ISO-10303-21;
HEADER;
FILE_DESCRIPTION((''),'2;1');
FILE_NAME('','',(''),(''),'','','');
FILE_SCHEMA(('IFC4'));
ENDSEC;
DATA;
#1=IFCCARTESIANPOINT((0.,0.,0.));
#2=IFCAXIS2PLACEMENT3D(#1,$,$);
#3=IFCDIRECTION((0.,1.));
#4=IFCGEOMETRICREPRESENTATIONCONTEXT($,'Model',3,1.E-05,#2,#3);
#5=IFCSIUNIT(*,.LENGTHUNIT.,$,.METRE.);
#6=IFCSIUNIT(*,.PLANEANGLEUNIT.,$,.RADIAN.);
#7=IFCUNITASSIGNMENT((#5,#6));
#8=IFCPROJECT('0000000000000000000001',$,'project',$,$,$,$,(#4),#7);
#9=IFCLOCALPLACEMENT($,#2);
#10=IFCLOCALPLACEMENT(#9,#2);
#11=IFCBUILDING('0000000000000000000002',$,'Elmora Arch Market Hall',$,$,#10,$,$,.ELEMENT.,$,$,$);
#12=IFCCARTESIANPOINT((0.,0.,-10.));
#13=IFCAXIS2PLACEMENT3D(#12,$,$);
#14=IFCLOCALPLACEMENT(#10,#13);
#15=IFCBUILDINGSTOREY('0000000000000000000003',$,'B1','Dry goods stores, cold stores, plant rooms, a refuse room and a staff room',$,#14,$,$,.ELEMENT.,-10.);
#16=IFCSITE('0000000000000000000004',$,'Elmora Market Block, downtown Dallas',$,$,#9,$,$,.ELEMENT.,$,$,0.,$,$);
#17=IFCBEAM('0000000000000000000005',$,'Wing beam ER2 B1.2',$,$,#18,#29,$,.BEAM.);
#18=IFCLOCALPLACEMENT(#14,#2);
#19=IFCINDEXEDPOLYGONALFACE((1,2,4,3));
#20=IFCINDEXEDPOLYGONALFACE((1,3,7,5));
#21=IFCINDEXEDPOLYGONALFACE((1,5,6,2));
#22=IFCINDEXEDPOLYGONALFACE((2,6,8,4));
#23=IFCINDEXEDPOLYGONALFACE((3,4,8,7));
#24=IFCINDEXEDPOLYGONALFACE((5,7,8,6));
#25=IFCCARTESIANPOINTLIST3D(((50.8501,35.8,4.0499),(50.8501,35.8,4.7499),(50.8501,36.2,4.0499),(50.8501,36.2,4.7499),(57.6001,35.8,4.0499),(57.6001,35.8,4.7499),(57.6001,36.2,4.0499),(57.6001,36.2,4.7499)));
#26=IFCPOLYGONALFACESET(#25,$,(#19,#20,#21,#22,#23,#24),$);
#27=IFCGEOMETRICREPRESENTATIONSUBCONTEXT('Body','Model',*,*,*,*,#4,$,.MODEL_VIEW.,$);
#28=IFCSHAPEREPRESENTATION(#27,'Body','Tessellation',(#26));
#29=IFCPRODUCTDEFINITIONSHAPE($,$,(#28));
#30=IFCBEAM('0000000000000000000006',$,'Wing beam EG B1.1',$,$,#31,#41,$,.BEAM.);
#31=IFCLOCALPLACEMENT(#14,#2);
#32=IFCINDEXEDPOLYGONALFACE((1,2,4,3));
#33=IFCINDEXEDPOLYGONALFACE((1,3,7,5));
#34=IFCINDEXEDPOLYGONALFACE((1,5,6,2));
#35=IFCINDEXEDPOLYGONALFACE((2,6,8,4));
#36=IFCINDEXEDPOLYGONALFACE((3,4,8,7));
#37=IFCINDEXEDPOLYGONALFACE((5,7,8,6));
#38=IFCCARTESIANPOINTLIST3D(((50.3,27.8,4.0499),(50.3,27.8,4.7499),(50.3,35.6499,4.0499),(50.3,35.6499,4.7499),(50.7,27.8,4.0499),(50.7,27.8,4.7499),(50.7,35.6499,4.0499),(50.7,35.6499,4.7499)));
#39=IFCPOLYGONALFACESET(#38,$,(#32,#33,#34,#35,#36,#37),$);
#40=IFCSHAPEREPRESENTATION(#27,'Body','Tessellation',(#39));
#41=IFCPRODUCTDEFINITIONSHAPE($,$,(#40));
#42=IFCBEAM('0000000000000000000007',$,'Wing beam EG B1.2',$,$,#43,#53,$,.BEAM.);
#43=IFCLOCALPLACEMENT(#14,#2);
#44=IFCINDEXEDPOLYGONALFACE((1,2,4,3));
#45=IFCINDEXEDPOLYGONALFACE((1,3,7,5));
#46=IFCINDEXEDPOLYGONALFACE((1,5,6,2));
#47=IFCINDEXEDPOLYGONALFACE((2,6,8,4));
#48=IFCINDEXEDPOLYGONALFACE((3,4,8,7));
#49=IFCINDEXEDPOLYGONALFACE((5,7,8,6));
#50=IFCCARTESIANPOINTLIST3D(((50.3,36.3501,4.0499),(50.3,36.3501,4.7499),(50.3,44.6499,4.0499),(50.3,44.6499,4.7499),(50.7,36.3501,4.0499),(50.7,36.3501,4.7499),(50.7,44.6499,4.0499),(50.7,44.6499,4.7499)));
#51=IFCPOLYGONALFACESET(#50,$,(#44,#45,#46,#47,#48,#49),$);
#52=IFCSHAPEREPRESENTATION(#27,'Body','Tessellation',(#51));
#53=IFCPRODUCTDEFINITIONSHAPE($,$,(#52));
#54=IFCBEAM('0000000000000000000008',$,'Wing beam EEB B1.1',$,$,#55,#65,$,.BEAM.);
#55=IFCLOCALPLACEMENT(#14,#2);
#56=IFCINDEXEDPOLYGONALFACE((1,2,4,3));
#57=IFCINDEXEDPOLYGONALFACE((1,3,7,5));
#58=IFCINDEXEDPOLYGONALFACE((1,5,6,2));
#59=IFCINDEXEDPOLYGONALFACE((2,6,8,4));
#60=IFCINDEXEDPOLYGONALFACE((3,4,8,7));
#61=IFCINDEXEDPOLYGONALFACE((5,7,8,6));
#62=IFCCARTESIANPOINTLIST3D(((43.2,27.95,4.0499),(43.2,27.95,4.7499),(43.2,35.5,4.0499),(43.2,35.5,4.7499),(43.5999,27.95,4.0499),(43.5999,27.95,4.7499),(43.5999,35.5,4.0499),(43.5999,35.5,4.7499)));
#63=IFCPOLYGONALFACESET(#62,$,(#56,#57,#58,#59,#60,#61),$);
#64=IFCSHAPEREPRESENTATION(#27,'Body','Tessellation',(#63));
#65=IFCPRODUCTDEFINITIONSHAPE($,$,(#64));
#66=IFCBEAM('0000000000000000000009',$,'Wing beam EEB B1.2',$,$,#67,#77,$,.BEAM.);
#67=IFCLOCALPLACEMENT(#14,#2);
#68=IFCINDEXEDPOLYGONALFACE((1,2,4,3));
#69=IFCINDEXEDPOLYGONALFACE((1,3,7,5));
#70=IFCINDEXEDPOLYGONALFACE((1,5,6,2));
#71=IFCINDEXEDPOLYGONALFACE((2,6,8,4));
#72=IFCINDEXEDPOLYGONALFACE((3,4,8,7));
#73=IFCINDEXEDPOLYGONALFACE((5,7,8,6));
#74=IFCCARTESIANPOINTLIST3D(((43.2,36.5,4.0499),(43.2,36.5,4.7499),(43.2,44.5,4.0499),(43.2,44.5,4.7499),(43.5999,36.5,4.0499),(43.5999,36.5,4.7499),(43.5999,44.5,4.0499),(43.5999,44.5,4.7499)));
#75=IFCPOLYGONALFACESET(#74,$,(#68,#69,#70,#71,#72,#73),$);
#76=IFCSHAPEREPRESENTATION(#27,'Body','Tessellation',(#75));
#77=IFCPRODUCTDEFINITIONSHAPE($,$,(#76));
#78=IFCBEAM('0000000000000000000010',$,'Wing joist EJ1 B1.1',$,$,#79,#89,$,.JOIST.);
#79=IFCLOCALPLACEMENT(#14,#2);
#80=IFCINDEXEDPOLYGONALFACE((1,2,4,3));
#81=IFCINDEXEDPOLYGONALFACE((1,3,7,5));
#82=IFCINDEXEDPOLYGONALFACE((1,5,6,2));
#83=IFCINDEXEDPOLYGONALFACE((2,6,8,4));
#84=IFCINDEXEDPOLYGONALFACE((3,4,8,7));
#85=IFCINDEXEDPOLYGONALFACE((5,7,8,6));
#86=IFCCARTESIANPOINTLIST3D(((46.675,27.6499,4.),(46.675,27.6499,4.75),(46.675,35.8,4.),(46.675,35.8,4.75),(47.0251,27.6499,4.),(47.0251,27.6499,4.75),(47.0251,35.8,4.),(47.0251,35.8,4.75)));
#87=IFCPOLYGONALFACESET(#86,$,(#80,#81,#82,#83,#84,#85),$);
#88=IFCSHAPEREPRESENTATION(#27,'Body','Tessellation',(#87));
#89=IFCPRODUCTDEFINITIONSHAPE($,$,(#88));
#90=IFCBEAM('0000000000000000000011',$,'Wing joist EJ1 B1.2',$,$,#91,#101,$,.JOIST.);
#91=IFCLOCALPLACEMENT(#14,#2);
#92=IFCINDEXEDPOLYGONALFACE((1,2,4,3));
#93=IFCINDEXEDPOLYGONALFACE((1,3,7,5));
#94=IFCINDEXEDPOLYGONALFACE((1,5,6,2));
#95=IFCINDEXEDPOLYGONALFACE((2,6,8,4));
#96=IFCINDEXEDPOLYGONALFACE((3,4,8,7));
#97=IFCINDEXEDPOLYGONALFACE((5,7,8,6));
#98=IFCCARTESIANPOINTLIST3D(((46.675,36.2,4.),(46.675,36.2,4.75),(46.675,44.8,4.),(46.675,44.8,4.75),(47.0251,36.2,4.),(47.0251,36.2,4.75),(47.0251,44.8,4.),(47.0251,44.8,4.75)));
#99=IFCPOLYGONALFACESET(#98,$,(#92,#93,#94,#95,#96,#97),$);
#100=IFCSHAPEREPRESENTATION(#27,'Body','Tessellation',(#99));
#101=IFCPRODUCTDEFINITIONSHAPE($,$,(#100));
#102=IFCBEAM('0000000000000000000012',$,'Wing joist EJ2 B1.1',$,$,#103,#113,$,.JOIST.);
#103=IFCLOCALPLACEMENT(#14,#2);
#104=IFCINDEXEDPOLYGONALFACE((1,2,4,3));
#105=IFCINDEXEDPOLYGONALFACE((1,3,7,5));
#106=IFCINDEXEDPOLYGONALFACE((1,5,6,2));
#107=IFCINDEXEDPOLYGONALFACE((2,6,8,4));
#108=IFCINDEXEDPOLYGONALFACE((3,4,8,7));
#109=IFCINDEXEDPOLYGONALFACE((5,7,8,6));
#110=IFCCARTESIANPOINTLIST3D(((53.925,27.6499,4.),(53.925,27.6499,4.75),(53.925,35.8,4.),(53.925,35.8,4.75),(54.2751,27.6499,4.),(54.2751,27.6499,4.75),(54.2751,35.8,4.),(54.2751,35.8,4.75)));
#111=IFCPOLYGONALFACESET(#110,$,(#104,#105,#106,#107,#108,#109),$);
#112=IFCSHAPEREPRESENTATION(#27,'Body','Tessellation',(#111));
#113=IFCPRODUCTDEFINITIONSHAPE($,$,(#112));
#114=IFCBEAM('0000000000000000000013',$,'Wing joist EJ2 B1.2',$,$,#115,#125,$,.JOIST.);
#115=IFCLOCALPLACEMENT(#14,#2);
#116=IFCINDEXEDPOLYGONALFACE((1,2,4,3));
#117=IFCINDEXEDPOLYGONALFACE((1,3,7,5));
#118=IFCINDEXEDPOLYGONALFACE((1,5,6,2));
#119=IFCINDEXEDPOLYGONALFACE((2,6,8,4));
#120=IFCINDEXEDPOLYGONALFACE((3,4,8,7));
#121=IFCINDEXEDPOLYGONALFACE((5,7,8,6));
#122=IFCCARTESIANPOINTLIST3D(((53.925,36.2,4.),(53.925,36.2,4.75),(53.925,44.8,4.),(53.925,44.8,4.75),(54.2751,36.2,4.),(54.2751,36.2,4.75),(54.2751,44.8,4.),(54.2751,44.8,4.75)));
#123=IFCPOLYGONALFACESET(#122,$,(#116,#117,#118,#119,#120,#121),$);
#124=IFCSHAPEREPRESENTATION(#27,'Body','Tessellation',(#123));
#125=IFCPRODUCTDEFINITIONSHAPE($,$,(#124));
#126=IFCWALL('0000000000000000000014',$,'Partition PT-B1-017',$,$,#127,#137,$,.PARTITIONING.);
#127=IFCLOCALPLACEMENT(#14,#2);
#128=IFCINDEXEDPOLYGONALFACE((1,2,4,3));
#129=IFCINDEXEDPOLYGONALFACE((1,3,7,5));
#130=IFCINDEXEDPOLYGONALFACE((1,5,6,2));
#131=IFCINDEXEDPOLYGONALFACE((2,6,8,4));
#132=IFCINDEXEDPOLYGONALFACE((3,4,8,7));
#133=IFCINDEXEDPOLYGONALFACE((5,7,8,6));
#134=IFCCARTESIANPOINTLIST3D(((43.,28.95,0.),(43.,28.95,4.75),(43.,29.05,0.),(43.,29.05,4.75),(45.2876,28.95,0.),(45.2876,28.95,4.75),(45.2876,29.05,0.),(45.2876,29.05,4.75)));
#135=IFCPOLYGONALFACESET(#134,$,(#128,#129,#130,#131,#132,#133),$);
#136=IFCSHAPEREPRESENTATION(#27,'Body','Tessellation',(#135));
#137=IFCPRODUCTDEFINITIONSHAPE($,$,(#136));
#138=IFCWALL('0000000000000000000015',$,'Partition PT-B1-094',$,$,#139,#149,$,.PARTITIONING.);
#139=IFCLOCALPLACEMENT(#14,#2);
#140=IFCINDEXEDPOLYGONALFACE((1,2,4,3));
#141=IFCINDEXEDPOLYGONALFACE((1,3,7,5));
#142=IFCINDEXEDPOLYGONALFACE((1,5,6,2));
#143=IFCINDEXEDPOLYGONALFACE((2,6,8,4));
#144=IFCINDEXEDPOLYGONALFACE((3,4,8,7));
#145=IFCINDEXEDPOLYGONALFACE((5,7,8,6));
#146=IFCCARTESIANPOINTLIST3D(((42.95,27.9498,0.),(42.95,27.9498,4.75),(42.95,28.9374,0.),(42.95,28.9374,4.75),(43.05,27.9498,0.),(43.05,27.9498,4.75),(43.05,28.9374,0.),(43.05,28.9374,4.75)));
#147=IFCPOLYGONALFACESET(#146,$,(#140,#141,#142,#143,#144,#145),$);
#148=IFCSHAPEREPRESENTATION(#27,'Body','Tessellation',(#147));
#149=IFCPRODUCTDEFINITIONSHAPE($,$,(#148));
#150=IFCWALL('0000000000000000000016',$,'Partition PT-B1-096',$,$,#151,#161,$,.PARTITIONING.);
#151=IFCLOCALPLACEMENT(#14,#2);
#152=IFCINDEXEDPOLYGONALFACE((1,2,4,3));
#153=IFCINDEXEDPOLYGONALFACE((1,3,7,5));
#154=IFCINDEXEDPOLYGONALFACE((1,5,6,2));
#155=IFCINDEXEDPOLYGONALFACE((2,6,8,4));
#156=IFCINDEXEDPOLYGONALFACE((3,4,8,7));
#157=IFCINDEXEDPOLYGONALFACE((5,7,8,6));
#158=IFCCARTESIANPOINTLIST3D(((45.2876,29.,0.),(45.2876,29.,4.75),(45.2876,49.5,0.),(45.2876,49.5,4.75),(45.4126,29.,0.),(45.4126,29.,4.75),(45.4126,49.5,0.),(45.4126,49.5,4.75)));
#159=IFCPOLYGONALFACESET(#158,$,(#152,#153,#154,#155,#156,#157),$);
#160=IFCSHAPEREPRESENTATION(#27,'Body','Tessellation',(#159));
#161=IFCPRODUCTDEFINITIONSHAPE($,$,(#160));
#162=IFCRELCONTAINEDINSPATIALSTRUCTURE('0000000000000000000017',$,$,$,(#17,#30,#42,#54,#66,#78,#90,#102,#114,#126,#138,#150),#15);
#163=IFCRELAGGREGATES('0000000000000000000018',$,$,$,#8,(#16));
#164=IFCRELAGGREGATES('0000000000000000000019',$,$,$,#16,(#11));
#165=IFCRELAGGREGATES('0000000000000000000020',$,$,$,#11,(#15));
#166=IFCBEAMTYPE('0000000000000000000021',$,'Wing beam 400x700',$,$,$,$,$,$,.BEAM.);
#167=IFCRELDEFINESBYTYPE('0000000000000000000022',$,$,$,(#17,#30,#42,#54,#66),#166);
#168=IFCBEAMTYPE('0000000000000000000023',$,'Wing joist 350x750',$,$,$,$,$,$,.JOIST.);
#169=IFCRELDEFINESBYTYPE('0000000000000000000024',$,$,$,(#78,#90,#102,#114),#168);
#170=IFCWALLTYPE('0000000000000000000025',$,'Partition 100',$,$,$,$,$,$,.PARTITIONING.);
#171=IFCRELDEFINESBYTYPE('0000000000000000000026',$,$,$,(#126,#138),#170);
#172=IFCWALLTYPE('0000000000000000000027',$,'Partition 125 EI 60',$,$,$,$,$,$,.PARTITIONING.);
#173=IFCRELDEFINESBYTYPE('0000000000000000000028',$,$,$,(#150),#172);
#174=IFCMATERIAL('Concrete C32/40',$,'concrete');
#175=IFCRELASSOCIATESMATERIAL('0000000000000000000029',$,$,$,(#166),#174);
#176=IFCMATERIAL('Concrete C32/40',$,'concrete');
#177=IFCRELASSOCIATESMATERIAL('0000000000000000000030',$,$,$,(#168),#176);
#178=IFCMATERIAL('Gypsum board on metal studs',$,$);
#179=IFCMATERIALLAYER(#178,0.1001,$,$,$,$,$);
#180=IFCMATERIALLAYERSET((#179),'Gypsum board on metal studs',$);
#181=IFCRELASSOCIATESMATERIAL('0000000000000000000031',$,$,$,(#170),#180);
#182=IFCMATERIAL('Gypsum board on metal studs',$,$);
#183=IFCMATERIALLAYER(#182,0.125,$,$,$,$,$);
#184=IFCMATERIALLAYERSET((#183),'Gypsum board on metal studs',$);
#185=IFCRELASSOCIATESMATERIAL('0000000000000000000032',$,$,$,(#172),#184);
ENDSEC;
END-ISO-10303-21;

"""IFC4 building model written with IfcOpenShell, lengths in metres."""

from ifc_helpers import new_model, si_unit, direction, frame, frame_2d, origin, origin_2d, place, context, subcontext, project, spatial, rectangle, extrude, material, layer, layer_set, material_profile, profile_set, type_object, element, save


model = new_model("IFC4")

# Units and contexts
model_context = context("Model", 3, precision=1e-05, world=origin(), true_north=direction((0.0, 1.0)))
body_context = subcontext(model_context, "Body", "Model", "MODEL_VIEW")
ifc_project = project(units=[si_unit("LENGTHUNIT", "METRE"), si_unit("PLANEANGLEUNIT", "RADIAN")], contexts=[model_context])

# Site, building, storey
site_placement = place(None, origin())
site = spatial("IfcSite", under=ifc_project, at=site_placement, Name="Elmora Market Block, downtown Dallas", CompositionType="ELEMENT", RefElevation=0.0)
building_placement = place(site_placement, origin())
building = spatial("IfcBuilding", under=site, at=building_placement, Name="Elmora Arch Market Hall", CompositionType="ELEMENT")
storey_placement = place(building_placement, frame((0.0, 0.0, -10.0)))
storey = spatial("IfcBuildingStorey", under=building, at=storey_placement, Name="B1", Description="Dry goods stores, cold stores, plant rooms, a refuse room and a staff room", CompositionType="ELEMENT", Elevation=-10.0)

# Beams
ifc_material_1 = material(Name="Concrete C32/40", Category="concrete")
ifc_material_profile_1 = material_profile(ifc_material_1, rectangle(XDim=0.3999, YDim=0.7, at=origin_2d()), Name="Wing beam 400x700")
ifc_profile_set_1 = profile_set([ifc_material_profile_1], Name="Concrete C32/40")
beam_type_1 = type_object("IfcBeamType", Name="Wing beam 400x700", PredefinedType="BEAM", material=ifc_profile_set_1)
beam_1_placement = place(storey_placement, frame((50.8501, 36.0, 4.3999), z_axis=(1.0, 0.0, 0.0), x_axis=(0.0, 1.0, 0.0)))
element("IfcBeam", 1, at=beam_1_placement, inside=storey, type_object=beam_type_1, Name="Wing beam ER2 B1.2", PredefinedType="BEAM", context=body_context, shape_type="SweptSolid", body=[
    extrude(rectangle(XDim=0.3999, YDim=0.7, at=origin_2d()), origin(), (0.0, 0.0, 1.0), 6.75),
])
beam_2_placement = place(storey_placement, frame((50.5, 27.8, 4.3999), z_axis=(0.0, 1.0, 0.0), x_axis=(-1.0, 0.0, 0.0)))
element("IfcBeam", 2, at=beam_2_placement, inside=storey, type_object=beam_type_1, Name="Wing beam EG B1.1", PredefinedType="BEAM", context=body_context, shape_type="SweptSolid", body=[
    extrude(rectangle(XDim=0.3999, YDim=0.7, at=origin_2d()), origin(), (0.0, 0.0, 1.0), 7.8499),
])
beam_3_placement = place(storey_placement, frame((50.5, 36.3501, 4.3999), z_axis=(0.0, 1.0, 0.0), x_axis=(-1.0, 0.0, 0.0)))
element("IfcBeam", 3, at=beam_3_placement, inside=storey, type_object=beam_type_1, Name="Wing beam EG B1.2", PredefinedType="BEAM", context=body_context, shape_type="SweptSolid", body=[
    extrude(rectangle(XDim=0.3999, YDim=0.7, at=origin_2d()), origin(), (0.0, 0.0, 1.0), 8.2998),
])
beam_4_placement = place(storey_placement, frame((43.3999, 27.95, 4.3999), z_axis=(0.0, 1.0, 0.0), x_axis=(-1.0, 0.0, 0.0)))
element("IfcBeam", 4, at=beam_4_placement, inside=storey, type_object=beam_type_1, Name="Wing beam EEB B1.1", PredefinedType="BEAM", context=body_context, shape_type="SweptSolid", body=[
    extrude(rectangle(XDim=0.3999, YDim=0.7, at=origin_2d()), origin(), (0.0, 0.0, 1.0), 7.55),
])
beam_5_placement = place(storey_placement, frame((43.3999, 36.5, 4.3999), z_axis=(0.0, 1.0, 0.0), x_axis=(-1.0, 0.0, 0.0)))
element("IfcBeam", 5, at=beam_5_placement, inside=storey, type_object=beam_type_1, Name="Wing beam EEB B1.2", PredefinedType="BEAM", context=body_context, shape_type="SweptSolid", body=[
    extrude(rectangle(XDim=0.3999, YDim=0.7, at=origin_2d()), origin(), (0.0, 0.0, 1.0), 8.0),
])
ifc_material_2 = material(Name="Concrete C32/40", Category="concrete")
ifc_material_profile_2 = material_profile(ifc_material_2, rectangle(XDim=0.3501, YDim=0.75, at=origin_2d()), Name="Wing joist 350x750")
ifc_profile_set_2 = profile_set([ifc_material_profile_2], Name="Concrete C32/40")
beam_type_2 = type_object("IfcBeamType", Name="Wing joist 350x750", PredefinedType="JOIST", material=ifc_profile_set_2)
beam_6_placement = place(storey_placement, frame((46.8501, 27.6499, 4.375), z_axis=(0.0, 1.0, 0.0), x_axis=(-1.0, 0.0, 0.0)))
element("IfcBeam", 6, at=beam_6_placement, inside=storey, type_object=beam_type_2, Name="Wing joist EJ1 B1.1", PredefinedType="JOIST", context=body_context, shape_type="SweptSolid", body=[
    extrude(rectangle(XDim=0.3501, YDim=0.75, at=origin_2d()), origin(), (0.0, 0.0, 1.0), 8.1501),
])
beam_7_placement = place(storey_placement, frame((46.8501, 36.2, 4.375), z_axis=(0.0, 1.0, 0.0), x_axis=(-1.0, 0.0, 0.0)))
element("IfcBeam", 7, at=beam_7_placement, inside=storey, type_object=beam_type_2, Name="Wing joist EJ1 B1.2", PredefinedType="JOIST", context=body_context, shape_type="SweptSolid", body=[
    extrude(rectangle(XDim=0.3501, YDim=0.75, at=origin_2d()), origin(), (0.0, 0.0, 1.0), 8.6001),
])
beam_8_placement = place(storey_placement, frame((54.1001, 27.6499, 4.375), z_axis=(0.0, 1.0, 0.0), x_axis=(-1.0, 0.0, 0.0)))
element("IfcBeam", 8, at=beam_8_placement, inside=storey, type_object=beam_type_2, Name="Wing joist EJ2 B1.1", PredefinedType="JOIST", context=body_context, shape_type="SweptSolid", body=[
    extrude(rectangle(XDim=0.3501, YDim=0.75, at=origin_2d()), origin(), (0.0, 0.0, 1.0), 8.1501),
])
beam_9_placement = place(storey_placement, frame((54.1001, 36.2, 4.375), z_axis=(0.0, 1.0, 0.0), x_axis=(-1.0, 0.0, 0.0)))
element("IfcBeam", 9, at=beam_9_placement, inside=storey, type_object=beam_type_2, Name="Wing joist EJ2 B1.2", PredefinedType="JOIST", context=body_context, shape_type="SweptSolid", body=[
    extrude(rectangle(XDim=0.3501, YDim=0.75, at=origin_2d()), origin(), (0.0, 0.0, 1.0), 8.6001),
])

# Walls
ifc_material_3 = material(Name="Gypsum board on metal studs")
ifc_layer_1 = layer(ifc_material_3, 0.1001)
ifc_layer_set_1 = layer_set([ifc_layer_1], Name="Gypsum board on metal studs")
wall_type_1 = type_object("IfcWallType", Name="Partition 100", PredefinedType="PARTITIONING", material=ifc_layer_set_1)
wall_1_placement = place(storey_placement, frame((43.0, 29.0, 0.0), z_axis=(0.0, 0.0, 1.0), x_axis=(1.0, 0.0, 0.0)))
element("IfcWall", 10, at=wall_1_placement, inside=storey, type_object=wall_type_1, Name="Partition PT-B1-017", PredefinedType="PARTITIONING", context=body_context, shape_type="SweptSolid", body=[
    extrude(rectangle(XDim=2.2876, YDim=0.1001, at=frame_2d((1.1438, 0.0))), origin(), (0.0, 0.0, 1.0), 4.75),
])
wall_2_placement = place(storey_placement, frame((43.0, 27.95, 0.0), z_axis=(0.0, 0.0, 1.0), x_axis=(0.0, 1.0, 0.0)))
element("IfcWall", 11, at=wall_2_placement, inside=storey, type_object=wall_type_1, Name="Partition PT-B1-094", PredefinedType="PARTITIONING", context=body_context, shape_type="SweptSolid", body=[
    extrude(rectangle(XDim=0.9875, YDim=0.1001, at=frame_2d((0.4937, 0.0))), origin(), (0.0, 0.0, 1.0), 4.75),
])
ifc_material_4 = material(Name="Gypsum board on metal studs")
ifc_layer_2 = layer(ifc_material_4, 0.125)
ifc_layer_set_2 = layer_set([ifc_layer_2], Name="Gypsum board on metal studs")
wall_type_2 = type_object("IfcWallType", Name="Partition 125 EI 60", PredefinedType="PARTITIONING", material=ifc_layer_set_2)
wall_3_placement = place(storey_placement, frame((45.3501, 29.0, 0.0), z_axis=(0.0, 0.0, 1.0), x_axis=(0.0, 1.0, 0.0)))
element("IfcWall", 12, at=wall_3_placement, inside=storey, type_object=wall_type_2, Name="Partition PT-B1-096", PredefinedType="PARTITIONING", context=body_context, shape_type="SweptSolid", body=[
    extrude(rectangle(XDim=20.5, YDim=0.125, at=frame_2d((10.25, 0.0))), origin(), (0.0, 0.0, 1.0), 4.75),
])

save(model, "model.ifc")
